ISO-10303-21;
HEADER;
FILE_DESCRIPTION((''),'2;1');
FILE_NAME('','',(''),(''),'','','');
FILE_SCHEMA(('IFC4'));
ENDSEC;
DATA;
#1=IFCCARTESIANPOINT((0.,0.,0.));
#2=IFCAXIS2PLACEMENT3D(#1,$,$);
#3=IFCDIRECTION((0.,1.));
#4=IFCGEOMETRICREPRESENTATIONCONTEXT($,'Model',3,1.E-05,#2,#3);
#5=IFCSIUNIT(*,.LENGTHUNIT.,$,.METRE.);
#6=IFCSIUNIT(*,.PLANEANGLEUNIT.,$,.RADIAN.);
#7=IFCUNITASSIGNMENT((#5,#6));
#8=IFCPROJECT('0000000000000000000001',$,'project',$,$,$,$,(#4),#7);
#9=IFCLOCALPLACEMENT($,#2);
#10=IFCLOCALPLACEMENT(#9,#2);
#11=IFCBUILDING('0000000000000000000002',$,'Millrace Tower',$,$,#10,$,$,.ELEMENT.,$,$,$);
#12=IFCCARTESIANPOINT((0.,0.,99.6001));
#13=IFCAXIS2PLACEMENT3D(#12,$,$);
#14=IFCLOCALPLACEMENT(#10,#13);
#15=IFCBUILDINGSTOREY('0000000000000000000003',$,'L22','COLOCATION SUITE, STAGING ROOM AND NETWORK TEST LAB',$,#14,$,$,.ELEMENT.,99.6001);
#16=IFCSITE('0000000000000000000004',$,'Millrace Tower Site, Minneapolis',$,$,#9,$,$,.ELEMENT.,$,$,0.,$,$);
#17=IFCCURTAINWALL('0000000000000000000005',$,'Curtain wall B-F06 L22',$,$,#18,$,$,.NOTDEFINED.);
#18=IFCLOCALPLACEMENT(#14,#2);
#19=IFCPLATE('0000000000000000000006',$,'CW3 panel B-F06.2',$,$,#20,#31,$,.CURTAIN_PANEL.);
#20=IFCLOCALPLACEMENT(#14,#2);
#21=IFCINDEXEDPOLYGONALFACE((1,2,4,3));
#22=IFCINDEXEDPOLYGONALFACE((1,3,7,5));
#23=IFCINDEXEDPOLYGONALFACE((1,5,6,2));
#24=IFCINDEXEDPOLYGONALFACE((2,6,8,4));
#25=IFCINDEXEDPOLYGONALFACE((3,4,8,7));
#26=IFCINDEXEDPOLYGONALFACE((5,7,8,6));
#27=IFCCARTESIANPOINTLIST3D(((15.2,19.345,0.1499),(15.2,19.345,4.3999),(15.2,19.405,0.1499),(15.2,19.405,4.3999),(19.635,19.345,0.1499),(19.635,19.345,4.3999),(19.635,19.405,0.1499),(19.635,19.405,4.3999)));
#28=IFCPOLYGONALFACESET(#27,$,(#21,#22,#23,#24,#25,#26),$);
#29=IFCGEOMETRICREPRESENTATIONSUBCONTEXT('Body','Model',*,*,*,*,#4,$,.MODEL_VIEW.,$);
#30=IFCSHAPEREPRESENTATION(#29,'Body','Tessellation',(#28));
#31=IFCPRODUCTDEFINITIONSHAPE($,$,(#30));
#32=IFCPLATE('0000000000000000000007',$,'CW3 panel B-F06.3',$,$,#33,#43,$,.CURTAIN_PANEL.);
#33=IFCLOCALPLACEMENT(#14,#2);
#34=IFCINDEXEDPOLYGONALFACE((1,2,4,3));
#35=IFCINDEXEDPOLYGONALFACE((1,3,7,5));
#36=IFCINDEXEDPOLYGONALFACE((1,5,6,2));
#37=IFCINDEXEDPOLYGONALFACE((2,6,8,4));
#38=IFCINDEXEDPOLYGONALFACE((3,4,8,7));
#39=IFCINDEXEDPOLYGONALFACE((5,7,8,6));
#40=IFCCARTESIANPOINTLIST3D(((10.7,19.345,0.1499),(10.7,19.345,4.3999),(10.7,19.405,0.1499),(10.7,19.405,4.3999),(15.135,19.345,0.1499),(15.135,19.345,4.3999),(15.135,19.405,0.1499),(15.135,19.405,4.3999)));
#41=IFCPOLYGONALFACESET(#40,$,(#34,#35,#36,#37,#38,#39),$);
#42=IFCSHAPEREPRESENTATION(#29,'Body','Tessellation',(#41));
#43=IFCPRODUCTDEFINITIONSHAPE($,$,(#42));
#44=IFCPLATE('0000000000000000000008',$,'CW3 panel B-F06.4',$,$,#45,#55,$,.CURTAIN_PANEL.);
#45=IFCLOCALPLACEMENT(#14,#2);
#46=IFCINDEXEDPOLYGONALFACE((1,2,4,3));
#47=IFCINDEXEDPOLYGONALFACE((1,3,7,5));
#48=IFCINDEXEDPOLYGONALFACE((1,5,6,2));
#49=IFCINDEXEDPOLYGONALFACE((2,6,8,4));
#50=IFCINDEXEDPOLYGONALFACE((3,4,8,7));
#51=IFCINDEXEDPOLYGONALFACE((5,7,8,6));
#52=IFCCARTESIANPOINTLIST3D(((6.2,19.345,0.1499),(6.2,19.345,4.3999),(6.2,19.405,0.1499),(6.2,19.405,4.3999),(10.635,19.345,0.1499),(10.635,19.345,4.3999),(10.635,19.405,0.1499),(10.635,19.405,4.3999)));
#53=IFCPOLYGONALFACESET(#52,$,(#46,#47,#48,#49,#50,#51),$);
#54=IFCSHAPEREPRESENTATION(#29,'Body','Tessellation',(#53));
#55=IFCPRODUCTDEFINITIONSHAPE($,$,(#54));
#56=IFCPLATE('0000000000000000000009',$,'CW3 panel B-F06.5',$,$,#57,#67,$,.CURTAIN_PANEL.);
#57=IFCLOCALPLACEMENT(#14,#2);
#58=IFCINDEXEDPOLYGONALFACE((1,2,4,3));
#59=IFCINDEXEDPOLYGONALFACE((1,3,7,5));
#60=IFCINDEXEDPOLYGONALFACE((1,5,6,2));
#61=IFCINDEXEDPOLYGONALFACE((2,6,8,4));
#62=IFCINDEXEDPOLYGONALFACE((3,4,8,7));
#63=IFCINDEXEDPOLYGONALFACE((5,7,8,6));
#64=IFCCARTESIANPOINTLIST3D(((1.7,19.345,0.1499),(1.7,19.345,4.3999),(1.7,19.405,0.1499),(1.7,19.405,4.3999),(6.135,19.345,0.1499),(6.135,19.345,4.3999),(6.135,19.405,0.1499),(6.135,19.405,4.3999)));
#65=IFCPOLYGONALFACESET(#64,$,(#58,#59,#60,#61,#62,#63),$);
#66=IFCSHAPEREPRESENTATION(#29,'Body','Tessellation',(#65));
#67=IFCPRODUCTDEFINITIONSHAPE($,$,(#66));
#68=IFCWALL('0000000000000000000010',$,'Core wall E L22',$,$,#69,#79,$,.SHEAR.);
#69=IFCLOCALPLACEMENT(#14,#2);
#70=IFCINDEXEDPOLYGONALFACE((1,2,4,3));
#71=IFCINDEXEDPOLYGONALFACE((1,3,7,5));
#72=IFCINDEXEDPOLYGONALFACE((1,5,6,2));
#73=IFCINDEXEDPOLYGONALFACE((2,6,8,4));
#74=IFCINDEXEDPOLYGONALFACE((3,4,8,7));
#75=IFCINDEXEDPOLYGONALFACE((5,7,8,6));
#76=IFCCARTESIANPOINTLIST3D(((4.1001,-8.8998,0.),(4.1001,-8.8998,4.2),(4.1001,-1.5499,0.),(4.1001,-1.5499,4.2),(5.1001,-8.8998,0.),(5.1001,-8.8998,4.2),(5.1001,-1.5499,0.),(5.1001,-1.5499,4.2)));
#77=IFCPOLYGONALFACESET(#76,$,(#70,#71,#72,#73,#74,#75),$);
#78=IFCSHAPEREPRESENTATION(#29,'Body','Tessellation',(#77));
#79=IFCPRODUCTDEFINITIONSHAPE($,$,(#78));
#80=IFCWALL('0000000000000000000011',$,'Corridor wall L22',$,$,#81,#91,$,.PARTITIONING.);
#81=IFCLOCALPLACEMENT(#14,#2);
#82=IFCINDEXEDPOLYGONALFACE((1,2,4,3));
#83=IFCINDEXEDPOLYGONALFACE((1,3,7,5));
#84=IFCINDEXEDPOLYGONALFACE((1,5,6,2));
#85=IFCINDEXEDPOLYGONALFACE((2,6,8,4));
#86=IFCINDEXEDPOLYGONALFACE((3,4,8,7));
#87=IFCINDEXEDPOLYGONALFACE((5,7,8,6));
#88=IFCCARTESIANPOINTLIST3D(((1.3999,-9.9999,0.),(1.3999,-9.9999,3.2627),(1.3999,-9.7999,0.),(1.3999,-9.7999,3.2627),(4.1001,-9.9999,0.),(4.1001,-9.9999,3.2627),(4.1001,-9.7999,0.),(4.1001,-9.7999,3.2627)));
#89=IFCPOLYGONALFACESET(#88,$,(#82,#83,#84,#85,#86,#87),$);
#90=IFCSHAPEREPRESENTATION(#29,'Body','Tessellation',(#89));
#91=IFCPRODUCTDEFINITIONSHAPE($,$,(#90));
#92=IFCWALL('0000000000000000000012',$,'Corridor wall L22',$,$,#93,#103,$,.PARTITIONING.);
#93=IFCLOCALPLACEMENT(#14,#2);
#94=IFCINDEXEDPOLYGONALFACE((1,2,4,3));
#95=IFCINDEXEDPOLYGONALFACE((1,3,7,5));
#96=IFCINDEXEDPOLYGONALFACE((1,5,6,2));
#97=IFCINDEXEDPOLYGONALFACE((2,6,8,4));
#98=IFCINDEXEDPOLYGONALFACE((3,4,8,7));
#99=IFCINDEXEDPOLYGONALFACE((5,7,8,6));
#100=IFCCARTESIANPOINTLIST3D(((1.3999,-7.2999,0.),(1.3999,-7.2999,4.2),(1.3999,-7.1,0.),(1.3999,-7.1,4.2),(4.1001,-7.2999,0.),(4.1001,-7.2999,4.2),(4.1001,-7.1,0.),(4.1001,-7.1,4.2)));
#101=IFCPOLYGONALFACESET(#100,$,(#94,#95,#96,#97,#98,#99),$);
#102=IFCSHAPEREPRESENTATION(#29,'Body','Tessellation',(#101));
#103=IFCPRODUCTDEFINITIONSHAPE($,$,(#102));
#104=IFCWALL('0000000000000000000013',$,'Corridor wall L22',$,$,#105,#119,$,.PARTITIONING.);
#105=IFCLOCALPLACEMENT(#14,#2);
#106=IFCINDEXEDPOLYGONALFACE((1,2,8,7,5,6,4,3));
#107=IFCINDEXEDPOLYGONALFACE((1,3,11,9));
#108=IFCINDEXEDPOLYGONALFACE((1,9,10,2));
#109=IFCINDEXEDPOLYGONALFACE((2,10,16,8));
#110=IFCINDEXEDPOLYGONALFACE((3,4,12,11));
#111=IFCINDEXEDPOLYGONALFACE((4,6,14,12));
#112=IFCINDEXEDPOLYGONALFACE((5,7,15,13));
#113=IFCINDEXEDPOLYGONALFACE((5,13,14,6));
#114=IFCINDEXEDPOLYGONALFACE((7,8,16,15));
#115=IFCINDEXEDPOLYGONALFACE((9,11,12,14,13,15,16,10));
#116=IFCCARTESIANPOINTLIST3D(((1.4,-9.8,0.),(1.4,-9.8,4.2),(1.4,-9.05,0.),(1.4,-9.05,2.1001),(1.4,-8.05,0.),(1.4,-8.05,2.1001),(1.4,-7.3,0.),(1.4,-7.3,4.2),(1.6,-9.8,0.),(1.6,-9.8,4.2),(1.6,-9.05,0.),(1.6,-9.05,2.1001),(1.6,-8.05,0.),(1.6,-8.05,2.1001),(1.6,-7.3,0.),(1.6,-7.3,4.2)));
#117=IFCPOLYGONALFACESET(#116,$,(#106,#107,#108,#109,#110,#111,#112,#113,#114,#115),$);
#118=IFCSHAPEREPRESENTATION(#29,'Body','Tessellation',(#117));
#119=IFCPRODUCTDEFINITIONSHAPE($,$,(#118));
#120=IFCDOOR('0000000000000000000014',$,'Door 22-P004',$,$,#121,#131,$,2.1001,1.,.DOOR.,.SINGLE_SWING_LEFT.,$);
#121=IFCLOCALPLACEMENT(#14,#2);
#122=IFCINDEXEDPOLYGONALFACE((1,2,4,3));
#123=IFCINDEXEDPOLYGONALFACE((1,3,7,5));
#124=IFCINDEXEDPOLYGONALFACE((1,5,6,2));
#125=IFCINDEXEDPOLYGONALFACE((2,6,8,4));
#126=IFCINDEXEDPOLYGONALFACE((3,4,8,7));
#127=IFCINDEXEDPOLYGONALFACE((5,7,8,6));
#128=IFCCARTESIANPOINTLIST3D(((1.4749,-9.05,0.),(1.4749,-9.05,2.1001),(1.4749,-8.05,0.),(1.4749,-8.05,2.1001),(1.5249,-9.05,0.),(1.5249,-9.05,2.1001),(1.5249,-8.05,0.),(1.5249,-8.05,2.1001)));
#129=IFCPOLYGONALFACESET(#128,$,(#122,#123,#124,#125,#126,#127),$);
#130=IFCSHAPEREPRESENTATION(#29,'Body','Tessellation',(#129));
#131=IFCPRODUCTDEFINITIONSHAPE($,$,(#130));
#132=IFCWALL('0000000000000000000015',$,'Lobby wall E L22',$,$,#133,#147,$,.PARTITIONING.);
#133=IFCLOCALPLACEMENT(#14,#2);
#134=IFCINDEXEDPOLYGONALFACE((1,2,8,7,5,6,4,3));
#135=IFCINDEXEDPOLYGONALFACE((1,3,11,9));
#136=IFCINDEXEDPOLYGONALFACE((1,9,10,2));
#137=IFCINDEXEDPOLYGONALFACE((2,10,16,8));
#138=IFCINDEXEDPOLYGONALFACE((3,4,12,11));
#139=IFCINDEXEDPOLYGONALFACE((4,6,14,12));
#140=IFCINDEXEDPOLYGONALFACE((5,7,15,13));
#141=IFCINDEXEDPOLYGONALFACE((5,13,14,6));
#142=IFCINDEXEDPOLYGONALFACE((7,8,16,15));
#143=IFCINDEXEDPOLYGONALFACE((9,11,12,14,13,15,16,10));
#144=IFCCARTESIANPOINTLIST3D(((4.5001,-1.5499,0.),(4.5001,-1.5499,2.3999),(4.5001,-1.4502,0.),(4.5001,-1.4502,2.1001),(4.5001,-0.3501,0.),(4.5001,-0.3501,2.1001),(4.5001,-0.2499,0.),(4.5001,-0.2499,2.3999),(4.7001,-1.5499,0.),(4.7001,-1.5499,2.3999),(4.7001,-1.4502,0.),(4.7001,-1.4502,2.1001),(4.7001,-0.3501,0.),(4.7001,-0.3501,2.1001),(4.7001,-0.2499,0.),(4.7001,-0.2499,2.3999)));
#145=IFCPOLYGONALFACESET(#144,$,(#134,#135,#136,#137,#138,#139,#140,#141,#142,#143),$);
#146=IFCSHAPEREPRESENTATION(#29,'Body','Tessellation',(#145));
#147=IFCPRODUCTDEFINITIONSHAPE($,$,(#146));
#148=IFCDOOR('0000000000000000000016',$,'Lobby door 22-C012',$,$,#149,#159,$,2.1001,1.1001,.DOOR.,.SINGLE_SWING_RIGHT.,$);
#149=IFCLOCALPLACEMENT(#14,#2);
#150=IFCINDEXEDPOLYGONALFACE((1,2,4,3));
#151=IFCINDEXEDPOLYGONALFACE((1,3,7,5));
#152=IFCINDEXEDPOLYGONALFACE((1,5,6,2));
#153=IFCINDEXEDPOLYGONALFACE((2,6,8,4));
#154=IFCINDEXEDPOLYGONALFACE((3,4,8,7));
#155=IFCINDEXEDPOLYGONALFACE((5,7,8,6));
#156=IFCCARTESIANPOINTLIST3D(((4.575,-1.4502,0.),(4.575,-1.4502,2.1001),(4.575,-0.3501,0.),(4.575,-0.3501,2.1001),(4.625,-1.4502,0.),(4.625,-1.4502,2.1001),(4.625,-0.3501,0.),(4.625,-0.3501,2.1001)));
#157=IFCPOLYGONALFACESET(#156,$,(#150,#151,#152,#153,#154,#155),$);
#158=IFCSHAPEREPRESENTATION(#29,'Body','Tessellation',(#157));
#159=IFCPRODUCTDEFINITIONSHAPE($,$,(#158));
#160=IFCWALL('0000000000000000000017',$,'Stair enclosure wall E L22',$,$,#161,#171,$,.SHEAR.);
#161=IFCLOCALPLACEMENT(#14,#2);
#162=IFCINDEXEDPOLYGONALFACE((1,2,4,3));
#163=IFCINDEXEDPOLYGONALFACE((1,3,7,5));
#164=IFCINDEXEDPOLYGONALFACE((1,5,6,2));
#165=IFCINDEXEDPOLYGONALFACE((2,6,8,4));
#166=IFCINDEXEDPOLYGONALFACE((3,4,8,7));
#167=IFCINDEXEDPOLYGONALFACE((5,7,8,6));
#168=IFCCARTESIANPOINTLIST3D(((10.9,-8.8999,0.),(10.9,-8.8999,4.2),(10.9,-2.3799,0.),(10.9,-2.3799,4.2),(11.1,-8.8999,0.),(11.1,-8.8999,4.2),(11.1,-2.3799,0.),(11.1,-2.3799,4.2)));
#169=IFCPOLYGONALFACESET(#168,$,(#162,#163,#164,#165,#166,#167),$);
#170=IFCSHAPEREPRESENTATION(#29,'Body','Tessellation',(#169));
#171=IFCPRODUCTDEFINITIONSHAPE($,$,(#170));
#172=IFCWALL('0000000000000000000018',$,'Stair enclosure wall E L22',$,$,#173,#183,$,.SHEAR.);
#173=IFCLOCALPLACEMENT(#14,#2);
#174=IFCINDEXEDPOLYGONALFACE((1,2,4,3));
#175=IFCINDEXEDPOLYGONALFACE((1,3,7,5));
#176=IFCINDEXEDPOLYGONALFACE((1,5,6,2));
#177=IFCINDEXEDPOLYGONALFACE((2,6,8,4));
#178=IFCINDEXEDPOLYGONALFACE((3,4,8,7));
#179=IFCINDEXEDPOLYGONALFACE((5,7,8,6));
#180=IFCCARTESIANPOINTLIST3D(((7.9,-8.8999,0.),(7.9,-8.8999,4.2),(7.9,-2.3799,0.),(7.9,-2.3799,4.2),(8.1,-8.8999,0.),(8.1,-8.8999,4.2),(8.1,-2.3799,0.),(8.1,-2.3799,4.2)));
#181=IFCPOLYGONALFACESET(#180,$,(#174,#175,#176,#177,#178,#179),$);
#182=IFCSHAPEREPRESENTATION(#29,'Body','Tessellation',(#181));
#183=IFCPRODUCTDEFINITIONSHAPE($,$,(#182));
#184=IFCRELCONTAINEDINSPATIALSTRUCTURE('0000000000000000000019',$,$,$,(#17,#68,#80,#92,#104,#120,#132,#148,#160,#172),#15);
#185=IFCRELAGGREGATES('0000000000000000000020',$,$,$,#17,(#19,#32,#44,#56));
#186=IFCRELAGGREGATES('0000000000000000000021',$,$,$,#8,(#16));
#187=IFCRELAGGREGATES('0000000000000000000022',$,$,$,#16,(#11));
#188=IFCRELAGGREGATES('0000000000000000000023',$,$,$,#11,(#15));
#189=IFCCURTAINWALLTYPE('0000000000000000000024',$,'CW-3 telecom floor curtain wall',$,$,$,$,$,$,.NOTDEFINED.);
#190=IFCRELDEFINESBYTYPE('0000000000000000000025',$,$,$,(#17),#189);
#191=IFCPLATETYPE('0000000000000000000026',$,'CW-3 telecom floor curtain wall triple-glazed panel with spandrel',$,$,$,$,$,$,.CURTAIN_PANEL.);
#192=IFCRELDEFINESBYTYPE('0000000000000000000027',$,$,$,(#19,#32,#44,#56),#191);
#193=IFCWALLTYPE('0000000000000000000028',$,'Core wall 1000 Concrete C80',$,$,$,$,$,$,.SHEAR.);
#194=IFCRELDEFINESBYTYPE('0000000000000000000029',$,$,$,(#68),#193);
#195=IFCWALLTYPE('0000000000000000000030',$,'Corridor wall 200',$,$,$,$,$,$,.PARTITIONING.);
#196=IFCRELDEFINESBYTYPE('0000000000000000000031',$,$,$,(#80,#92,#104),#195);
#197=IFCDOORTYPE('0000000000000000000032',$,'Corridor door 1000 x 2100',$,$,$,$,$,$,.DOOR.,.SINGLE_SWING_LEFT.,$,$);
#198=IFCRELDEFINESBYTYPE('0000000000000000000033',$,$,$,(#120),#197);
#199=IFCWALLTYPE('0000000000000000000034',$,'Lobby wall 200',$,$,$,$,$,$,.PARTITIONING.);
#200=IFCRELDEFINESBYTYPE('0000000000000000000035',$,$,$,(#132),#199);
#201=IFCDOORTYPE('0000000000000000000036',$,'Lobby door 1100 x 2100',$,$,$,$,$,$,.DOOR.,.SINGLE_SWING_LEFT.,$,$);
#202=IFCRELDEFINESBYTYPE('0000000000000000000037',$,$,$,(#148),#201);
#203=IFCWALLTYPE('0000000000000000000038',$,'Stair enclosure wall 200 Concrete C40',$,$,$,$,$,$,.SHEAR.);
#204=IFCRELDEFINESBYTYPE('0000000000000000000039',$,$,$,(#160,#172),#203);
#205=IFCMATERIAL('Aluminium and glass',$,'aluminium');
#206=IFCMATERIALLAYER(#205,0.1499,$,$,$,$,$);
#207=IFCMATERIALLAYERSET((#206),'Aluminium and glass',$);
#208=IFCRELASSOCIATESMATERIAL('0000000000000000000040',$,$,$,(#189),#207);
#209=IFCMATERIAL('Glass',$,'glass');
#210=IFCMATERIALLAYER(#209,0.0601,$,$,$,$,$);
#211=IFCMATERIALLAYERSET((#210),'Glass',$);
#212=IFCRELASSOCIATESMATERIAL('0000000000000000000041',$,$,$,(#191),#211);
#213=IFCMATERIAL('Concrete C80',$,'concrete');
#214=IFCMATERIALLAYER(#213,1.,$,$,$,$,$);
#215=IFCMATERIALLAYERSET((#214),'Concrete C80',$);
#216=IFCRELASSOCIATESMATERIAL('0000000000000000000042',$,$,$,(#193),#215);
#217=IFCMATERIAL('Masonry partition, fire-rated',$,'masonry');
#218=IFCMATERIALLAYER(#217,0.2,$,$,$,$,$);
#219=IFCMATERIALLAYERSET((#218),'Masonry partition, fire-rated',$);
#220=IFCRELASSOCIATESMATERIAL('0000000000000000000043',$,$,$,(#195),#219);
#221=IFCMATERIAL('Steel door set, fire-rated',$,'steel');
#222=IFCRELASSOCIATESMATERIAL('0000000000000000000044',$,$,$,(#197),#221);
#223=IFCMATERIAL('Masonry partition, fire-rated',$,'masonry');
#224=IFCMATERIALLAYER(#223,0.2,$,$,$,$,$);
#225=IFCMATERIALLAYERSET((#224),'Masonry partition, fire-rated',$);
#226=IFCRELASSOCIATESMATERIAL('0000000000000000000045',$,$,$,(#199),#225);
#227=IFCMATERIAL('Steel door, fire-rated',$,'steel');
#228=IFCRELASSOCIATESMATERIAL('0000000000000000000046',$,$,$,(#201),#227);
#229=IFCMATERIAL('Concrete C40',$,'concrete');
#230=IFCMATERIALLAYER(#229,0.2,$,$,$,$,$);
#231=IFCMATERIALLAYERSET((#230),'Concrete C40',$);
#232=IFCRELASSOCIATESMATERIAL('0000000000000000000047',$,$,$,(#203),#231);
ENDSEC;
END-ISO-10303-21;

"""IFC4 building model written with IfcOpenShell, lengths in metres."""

from ifc_helpers import new_model, si_unit, direction, frame, frame_2d, origin, place, context, subcontext, project, spatial, polyline, rectangle, outline, extrude, material, layer, layer_set, type_object, element, fill, aggregate, save


model = new_model("IFC4")

# Units and contexts
model_context = context("Model", 3, precision=1e-05, world=origin(), true_north=direction((0.0, 1.0)))
body_context = subcontext(model_context, "Body", "Model", "MODEL_VIEW")
ifc_project = project(units=[si_unit("LENGTHUNIT", "METRE"), si_unit("PLANEANGLEUNIT", "RADIAN")], contexts=[model_context])

# Site, building, storey
site_placement = place(None, origin())
site = spatial("IfcSite", under=ifc_project, at=site_placement, Name="Millrace Tower Site, Minneapolis", CompositionType="ELEMENT", RefElevation=0.0)
building_placement = place(site_placement, origin())
building = spatial("IfcBuilding", under=site, at=building_placement, Name="Millrace Tower", CompositionType="ELEMENT")
storey_placement = place(building_placement, frame((0.0, 0.0, 99.6001)))
storey = spatial("IfcBuildingStorey", under=building, at=storey_placement, Name="L22", Description="COLOCATION SUITE, STAGING ROOM AND NETWORK TEST LAB", CompositionType="ELEMENT", Elevation=99.6001)

# Curtain wall, plates
ifc_material_1 = material(Name="Aluminium and glass", Category="aluminium")
ifc_layer_1 = layer(ifc_material_1, 0.1499)
ifc_layer_set_1 = layer_set([ifc_layer_1], Name="Aluminium and glass")
curtain_wall_type = type_object("IfcCurtainWallType", Name="CW-3 telecom floor curtain wall", PredefinedType="NOTDEFINED", material=ifc_layer_set_1)
placement_1 = place(storey_placement, origin())
curtain_wall = element("IfcCurtainWall", 1, at=placement_1, inside=storey, type_object=curtain_wall_type, Name="Curtain wall B-F06 L22", PredefinedType="NOTDEFINED")
ifc_material_2 = material(Name="Glass", Category="glass")
ifc_layer_2 = layer(ifc_material_2, 0.0601)
ifc_layer_set_2 = layer_set([ifc_layer_2], Name="Glass")
plate_type = type_object("IfcPlateType", Name="CW-3 telecom floor curtain wall triple-glazed panel with spandrel", PredefinedType="CURTAIN_PANEL", material=ifc_layer_set_2)
placement_2 = place(storey_placement, frame((0.0, 0.0, 0.1499)))
plate_1 = element("IfcPlate", 2, at=placement_2, type_object=plate_type, Name="CW3 panel B-F06.2", PredefinedType="CURTAIN_PANEL", context=body_context, shape_type="SweptSolid", body=[
    extrude(outline(polyline([(19.635, 19.405), (15.2, 19.405), (15.2, 19.345), (19.635, 19.345), (19.635, 19.405)])), origin(), (0.0, 0.0, 1.0), 4.25),
])
plate_2 = element("IfcPlate", 3, at=placement_2, type_object=plate_type, Name="CW3 panel B-F06.3", PredefinedType="CURTAIN_PANEL", context=body_context, shape_type="SweptSolid", body=[
    extrude(outline(polyline([(15.135, 19.405), (10.7, 19.405), (10.7, 19.345), (15.135, 19.345), (15.135, 19.405)])), origin(), (0.0, 0.0, 1.0), 4.25),
])
plate_3 = element("IfcPlate", 4, at=placement_2, type_object=plate_type, Name="CW3 panel B-F06.4", PredefinedType="CURTAIN_PANEL", context=body_context, shape_type="SweptSolid", body=[
    extrude(outline(polyline([(10.635, 19.405), (6.2, 19.405), (6.2, 19.345), (10.635, 19.345), (10.635, 19.405)])), origin(), (0.0, 0.0, 1.0), 4.25),
])
plate_4 = element("IfcPlate", 5, at=placement_2, type_object=plate_type, Name="CW3 panel B-F06.5", PredefinedType="CURTAIN_PANEL", context=body_context, shape_type="SweptSolid", body=[
    extrude(outline(polyline([(6.135, 19.405), (1.7, 19.405), (1.7, 19.345), (6.135, 19.345), (6.135, 19.405)])), origin(), (0.0, 0.0, 1.0), 4.25),
])
aggregate(curtain_wall, [plate_1, plate_2, plate_3, plate_4])

# Walls
ifc_material_3 = material(Name="Concrete C80", Category="concrete")
ifc_layer_3 = layer(ifc_material_3, 1.0)
ifc_layer_set_3 = layer_set([ifc_layer_3], Name="Concrete C80")
wall_type_1 = type_object("IfcWallType", Name="Core wall 1000 Concrete C80", PredefinedType="SHEAR", material=ifc_layer_set_3)
wall_1_placement = place(storey_placement, frame((4.6001, -1.55, 0.0), z_axis=(0.0, 0.0, 1.0), x_axis=(0.0, -1.0, 0.0)))
element("IfcWall", 6, at=wall_1_placement, inside=storey, type_object=wall_type_1, Name="Core wall E L22", PredefinedType="SHEAR", context=body_context, shape_type="SweptSolid", body=[
    extrude(rectangle(XDim=7.3499, YDim=1.0, at=frame_2d((3.6748, 0.0))), origin(), (0.0, 0.0, 1.0), 4.2),
])
ifc_material_4 = material(Name="Masonry partition, fire-rated", Category="masonry")
ifc_layer_4 = layer(ifc_material_4, 0.2)
ifc_layer_set_4 = layer_set([ifc_layer_4], Name="Masonry partition, fire-rated")
wall_type_2 = type_object("IfcWallType", Name="Corridor wall 200", PredefinedType="PARTITIONING", material=ifc_layer_set_4)
wall_2_placement = place(storey_placement, frame((1.3999, -9.8999, 0.0), z_axis=(0.0, 0.0, 1.0), x_axis=(1.0, 0.0, 0.0)))
element("IfcWall", 7, at=wall_2_placement, inside=storey, type_object=wall_type_2, Name="Corridor wall L22", PredefinedType="PARTITIONING", context=body_context, shape_type="SweptSolid", body=[
    extrude(rectangle(XDim=2.7002, YDim=0.2, at=frame_2d((1.3501, 0.0))), origin(), (0.0, 0.0, 1.0), 3.2627),
])
wall_3_placement = place(storey_placement, frame((1.3999, -7.2, 0.0), z_axis=(0.0, 0.0, 1.0), x_axis=(1.0, 0.0, 0.0)))
element("IfcWall", 8, at=wall_3_placement, inside=storey, type_object=wall_type_2, Name="Corridor wall L22", PredefinedType="PARTITIONING", context=body_context, shape_type="SweptSolid", body=[
    extrude(rectangle(XDim=2.7002, YDim=0.2, at=frame_2d((1.3501, 0.0))), origin(), (0.0, 0.0, 1.0), 4.2),
])

# Walls, openings, doors
wall_4_placement = place(storey_placement, frame((1.5, -9.8, 0.0), z_axis=(0.0, 0.0, 1.0), x_axis=(0.0, 1.0, 0.0)))
wall_4 = element("IfcWall", 9, at=wall_4_placement, inside=storey, type_object=wall_type_2, Name="Corridor wall L22", PredefinedType="PARTITIONING", context=body_context, shape_type="SweptSolid", body=[
    extrude(rectangle(XDim=2.5, YDim=0.2, at=frame_2d((1.25, 0.0))), origin(), (0.0, 0.0, 1.0), 4.2),
])
opening_1_placement = place(wall_4_placement, frame((0.75, 0.0, 0.0)))
opening_1 = element("IfcOpeningElement", 10, at=opening_1_placement, cuts=wall_4, PredefinedType="OPENING", context=body_context, shape_type="SweptSolid", body=[
    extrude(rectangle(XDim=1.0, YDim=2.1001, at=frame_2d((0.5, 1.05))), frame((0.0, 0.1099, 0.0), z_axis=(0.0, -1.0, 0.0), x_axis=(1.0, 0.0, 0.0)), (0.0, 0.0, 1.0), 0.22),
])
ifc_material_5 = material(Name="Steel door set, fire-rated", Category="steel")
door_type_1 = type_object("IfcDoorType", Name="Corridor door 1000 x 2100", OperationType="SINGLE_SWING_LEFT", PredefinedType="DOOR", material=ifc_material_5)
door_1_placement = place(opening_1_placement, frame((1.0, 0.0, 0.0), z_axis=(0.0, 0.0, 1.0), x_axis=(-1.0, 0.0, 0.0)))
door_1 = element("IfcDoor", 11, at=door_1_placement, inside=storey, type_object=door_type_1, Name="Door 22-P004", OperationType="SINGLE_SWING_LEFT", OverallHeight=2.1001, OverallWidth=1.0, PredefinedType="DOOR", context=body_context, shape_type="SweptSolid", body=[
    extrude(rectangle(XDim=1.0, YDim=2.1001, at=frame_2d((0.5, 1.05))), frame((0.0, 0.0249, 0.0), z_axis=(0.0, -1.0, 0.0), x_axis=(1.0, 0.0, 0.0)), (0.0, 0.0, 1.0), 0.05),
])
fill(opening_1, door_1)
ifc_material_6 = material(Name="Masonry partition, fire-rated", Category="masonry")
ifc_layer_5 = layer(ifc_material_6, 0.2)
ifc_layer_set_5 = layer_set([ifc_layer_5], Name="Masonry partition, fire-rated")
wall_type_3 = type_object("IfcWallType", Name="Lobby wall 200", PredefinedType="PARTITIONING", material=ifc_layer_set_5)
wall_5_placement = place(storey_placement, frame((4.6001, -0.25, 0.0), z_axis=(0.0, 0.0, 1.0), x_axis=(0.0, -1.0, 0.0)))
wall_5 = element("IfcWall", 12, at=wall_5_placement, inside=storey, type_object=wall_type_3, Name="Lobby wall E L22", PredefinedType="PARTITIONING", context=body_context, shape_type="SweptSolid", body=[
    extrude(rectangle(XDim=1.3, YDim=0.2, at=frame_2d((0.6499, 0.0))), origin(), (0.0, 0.0, 1.0), 2.3999),
])
opening_2_placement = place(wall_5_placement, frame((0.1001, 0.0, 0.0)))
opening_2 = element("IfcOpeningElement", 13, at=opening_2_placement, cuts=wall_5, PredefinedType="OPENING", context=body_context, shape_type="SweptSolid", body=[
    extrude(rectangle(XDim=1.1001, YDim=2.1001, at=frame_2d((0.55, 1.05))), frame((0.0, 0.1099, 0.0), z_axis=(0.0, -1.0, 0.0), x_axis=(1.0, 0.0, 0.0)), (0.0, 0.0, 1.0), 0.22),
])
ifc_material_7 = material(Name="Steel door, fire-rated", Category="steel")
door_type_2 = type_object("IfcDoorType", Name="Lobby door 1100 x 2100", OperationType="SINGLE_SWING_LEFT", PredefinedType="DOOR", material=ifc_material_7)
door_2_placement = place(opening_2_placement, origin())
door_2 = element("IfcDoor", 14, at=door_2_placement, inside=storey, type_object=door_type_2, Name="Lobby door 22-C012", OperationType="SINGLE_SWING_RIGHT", OverallHeight=2.1001, OverallWidth=1.1001, PredefinedType="DOOR", context=body_context, shape_type="SweptSolid", body=[
    extrude(rectangle(XDim=1.1001, YDim=2.1001, at=frame_2d((0.55, 1.05))), frame((0.0, 0.0249, 0.0), z_axis=(0.0, -1.0, 0.0), x_axis=(1.0, 0.0, 0.0)), (0.0, 0.0, 1.0), 0.05),
])
fill(opening_2, door_2)

# Walls
ifc_material_8 = material(Name="Concrete C40", Category="concrete")
ifc_layer_6 = layer(ifc_material_8, 0.2)
ifc_layer_set_6 = layer_set([ifc_layer_6], Name="Concrete C40")
wall_type_4 = type_object("IfcWallType", Name="Stair enclosure wall 200 Concrete C40", PredefinedType="SHEAR", material=ifc_layer_set_6)
for number, where, z_axis, x_axis, name in (
    (15, (11.0, -2.3799, 0.0), (0.0, 0.0, 1.0), (0.0, -1.0, 0.0), "Stair enclosure wall E L22"),
    (16, (8.0, -2.3799, 0.0), (0.0, 0.0, 1.0), (0.0, -1.0, 0.0), "Stair enclosure wall E L22"),
):
    element("IfcWall", number, at=place(storey_placement, frame(where, z_axis=z_axis, x_axis=x_axis)), inside=storey, type_object=wall_type_4, Name=name, PredefinedType="SHEAR", context=body_context, shape_type="SweptSolid", body=[
        extrude(rectangle(XDim=6.52, YDim=0.2, at=frame_2d((3.26, 0.0))), origin(), (0.0, 0.0, 1.0), 4.2),
    ])

save(model, "model.ifc")
